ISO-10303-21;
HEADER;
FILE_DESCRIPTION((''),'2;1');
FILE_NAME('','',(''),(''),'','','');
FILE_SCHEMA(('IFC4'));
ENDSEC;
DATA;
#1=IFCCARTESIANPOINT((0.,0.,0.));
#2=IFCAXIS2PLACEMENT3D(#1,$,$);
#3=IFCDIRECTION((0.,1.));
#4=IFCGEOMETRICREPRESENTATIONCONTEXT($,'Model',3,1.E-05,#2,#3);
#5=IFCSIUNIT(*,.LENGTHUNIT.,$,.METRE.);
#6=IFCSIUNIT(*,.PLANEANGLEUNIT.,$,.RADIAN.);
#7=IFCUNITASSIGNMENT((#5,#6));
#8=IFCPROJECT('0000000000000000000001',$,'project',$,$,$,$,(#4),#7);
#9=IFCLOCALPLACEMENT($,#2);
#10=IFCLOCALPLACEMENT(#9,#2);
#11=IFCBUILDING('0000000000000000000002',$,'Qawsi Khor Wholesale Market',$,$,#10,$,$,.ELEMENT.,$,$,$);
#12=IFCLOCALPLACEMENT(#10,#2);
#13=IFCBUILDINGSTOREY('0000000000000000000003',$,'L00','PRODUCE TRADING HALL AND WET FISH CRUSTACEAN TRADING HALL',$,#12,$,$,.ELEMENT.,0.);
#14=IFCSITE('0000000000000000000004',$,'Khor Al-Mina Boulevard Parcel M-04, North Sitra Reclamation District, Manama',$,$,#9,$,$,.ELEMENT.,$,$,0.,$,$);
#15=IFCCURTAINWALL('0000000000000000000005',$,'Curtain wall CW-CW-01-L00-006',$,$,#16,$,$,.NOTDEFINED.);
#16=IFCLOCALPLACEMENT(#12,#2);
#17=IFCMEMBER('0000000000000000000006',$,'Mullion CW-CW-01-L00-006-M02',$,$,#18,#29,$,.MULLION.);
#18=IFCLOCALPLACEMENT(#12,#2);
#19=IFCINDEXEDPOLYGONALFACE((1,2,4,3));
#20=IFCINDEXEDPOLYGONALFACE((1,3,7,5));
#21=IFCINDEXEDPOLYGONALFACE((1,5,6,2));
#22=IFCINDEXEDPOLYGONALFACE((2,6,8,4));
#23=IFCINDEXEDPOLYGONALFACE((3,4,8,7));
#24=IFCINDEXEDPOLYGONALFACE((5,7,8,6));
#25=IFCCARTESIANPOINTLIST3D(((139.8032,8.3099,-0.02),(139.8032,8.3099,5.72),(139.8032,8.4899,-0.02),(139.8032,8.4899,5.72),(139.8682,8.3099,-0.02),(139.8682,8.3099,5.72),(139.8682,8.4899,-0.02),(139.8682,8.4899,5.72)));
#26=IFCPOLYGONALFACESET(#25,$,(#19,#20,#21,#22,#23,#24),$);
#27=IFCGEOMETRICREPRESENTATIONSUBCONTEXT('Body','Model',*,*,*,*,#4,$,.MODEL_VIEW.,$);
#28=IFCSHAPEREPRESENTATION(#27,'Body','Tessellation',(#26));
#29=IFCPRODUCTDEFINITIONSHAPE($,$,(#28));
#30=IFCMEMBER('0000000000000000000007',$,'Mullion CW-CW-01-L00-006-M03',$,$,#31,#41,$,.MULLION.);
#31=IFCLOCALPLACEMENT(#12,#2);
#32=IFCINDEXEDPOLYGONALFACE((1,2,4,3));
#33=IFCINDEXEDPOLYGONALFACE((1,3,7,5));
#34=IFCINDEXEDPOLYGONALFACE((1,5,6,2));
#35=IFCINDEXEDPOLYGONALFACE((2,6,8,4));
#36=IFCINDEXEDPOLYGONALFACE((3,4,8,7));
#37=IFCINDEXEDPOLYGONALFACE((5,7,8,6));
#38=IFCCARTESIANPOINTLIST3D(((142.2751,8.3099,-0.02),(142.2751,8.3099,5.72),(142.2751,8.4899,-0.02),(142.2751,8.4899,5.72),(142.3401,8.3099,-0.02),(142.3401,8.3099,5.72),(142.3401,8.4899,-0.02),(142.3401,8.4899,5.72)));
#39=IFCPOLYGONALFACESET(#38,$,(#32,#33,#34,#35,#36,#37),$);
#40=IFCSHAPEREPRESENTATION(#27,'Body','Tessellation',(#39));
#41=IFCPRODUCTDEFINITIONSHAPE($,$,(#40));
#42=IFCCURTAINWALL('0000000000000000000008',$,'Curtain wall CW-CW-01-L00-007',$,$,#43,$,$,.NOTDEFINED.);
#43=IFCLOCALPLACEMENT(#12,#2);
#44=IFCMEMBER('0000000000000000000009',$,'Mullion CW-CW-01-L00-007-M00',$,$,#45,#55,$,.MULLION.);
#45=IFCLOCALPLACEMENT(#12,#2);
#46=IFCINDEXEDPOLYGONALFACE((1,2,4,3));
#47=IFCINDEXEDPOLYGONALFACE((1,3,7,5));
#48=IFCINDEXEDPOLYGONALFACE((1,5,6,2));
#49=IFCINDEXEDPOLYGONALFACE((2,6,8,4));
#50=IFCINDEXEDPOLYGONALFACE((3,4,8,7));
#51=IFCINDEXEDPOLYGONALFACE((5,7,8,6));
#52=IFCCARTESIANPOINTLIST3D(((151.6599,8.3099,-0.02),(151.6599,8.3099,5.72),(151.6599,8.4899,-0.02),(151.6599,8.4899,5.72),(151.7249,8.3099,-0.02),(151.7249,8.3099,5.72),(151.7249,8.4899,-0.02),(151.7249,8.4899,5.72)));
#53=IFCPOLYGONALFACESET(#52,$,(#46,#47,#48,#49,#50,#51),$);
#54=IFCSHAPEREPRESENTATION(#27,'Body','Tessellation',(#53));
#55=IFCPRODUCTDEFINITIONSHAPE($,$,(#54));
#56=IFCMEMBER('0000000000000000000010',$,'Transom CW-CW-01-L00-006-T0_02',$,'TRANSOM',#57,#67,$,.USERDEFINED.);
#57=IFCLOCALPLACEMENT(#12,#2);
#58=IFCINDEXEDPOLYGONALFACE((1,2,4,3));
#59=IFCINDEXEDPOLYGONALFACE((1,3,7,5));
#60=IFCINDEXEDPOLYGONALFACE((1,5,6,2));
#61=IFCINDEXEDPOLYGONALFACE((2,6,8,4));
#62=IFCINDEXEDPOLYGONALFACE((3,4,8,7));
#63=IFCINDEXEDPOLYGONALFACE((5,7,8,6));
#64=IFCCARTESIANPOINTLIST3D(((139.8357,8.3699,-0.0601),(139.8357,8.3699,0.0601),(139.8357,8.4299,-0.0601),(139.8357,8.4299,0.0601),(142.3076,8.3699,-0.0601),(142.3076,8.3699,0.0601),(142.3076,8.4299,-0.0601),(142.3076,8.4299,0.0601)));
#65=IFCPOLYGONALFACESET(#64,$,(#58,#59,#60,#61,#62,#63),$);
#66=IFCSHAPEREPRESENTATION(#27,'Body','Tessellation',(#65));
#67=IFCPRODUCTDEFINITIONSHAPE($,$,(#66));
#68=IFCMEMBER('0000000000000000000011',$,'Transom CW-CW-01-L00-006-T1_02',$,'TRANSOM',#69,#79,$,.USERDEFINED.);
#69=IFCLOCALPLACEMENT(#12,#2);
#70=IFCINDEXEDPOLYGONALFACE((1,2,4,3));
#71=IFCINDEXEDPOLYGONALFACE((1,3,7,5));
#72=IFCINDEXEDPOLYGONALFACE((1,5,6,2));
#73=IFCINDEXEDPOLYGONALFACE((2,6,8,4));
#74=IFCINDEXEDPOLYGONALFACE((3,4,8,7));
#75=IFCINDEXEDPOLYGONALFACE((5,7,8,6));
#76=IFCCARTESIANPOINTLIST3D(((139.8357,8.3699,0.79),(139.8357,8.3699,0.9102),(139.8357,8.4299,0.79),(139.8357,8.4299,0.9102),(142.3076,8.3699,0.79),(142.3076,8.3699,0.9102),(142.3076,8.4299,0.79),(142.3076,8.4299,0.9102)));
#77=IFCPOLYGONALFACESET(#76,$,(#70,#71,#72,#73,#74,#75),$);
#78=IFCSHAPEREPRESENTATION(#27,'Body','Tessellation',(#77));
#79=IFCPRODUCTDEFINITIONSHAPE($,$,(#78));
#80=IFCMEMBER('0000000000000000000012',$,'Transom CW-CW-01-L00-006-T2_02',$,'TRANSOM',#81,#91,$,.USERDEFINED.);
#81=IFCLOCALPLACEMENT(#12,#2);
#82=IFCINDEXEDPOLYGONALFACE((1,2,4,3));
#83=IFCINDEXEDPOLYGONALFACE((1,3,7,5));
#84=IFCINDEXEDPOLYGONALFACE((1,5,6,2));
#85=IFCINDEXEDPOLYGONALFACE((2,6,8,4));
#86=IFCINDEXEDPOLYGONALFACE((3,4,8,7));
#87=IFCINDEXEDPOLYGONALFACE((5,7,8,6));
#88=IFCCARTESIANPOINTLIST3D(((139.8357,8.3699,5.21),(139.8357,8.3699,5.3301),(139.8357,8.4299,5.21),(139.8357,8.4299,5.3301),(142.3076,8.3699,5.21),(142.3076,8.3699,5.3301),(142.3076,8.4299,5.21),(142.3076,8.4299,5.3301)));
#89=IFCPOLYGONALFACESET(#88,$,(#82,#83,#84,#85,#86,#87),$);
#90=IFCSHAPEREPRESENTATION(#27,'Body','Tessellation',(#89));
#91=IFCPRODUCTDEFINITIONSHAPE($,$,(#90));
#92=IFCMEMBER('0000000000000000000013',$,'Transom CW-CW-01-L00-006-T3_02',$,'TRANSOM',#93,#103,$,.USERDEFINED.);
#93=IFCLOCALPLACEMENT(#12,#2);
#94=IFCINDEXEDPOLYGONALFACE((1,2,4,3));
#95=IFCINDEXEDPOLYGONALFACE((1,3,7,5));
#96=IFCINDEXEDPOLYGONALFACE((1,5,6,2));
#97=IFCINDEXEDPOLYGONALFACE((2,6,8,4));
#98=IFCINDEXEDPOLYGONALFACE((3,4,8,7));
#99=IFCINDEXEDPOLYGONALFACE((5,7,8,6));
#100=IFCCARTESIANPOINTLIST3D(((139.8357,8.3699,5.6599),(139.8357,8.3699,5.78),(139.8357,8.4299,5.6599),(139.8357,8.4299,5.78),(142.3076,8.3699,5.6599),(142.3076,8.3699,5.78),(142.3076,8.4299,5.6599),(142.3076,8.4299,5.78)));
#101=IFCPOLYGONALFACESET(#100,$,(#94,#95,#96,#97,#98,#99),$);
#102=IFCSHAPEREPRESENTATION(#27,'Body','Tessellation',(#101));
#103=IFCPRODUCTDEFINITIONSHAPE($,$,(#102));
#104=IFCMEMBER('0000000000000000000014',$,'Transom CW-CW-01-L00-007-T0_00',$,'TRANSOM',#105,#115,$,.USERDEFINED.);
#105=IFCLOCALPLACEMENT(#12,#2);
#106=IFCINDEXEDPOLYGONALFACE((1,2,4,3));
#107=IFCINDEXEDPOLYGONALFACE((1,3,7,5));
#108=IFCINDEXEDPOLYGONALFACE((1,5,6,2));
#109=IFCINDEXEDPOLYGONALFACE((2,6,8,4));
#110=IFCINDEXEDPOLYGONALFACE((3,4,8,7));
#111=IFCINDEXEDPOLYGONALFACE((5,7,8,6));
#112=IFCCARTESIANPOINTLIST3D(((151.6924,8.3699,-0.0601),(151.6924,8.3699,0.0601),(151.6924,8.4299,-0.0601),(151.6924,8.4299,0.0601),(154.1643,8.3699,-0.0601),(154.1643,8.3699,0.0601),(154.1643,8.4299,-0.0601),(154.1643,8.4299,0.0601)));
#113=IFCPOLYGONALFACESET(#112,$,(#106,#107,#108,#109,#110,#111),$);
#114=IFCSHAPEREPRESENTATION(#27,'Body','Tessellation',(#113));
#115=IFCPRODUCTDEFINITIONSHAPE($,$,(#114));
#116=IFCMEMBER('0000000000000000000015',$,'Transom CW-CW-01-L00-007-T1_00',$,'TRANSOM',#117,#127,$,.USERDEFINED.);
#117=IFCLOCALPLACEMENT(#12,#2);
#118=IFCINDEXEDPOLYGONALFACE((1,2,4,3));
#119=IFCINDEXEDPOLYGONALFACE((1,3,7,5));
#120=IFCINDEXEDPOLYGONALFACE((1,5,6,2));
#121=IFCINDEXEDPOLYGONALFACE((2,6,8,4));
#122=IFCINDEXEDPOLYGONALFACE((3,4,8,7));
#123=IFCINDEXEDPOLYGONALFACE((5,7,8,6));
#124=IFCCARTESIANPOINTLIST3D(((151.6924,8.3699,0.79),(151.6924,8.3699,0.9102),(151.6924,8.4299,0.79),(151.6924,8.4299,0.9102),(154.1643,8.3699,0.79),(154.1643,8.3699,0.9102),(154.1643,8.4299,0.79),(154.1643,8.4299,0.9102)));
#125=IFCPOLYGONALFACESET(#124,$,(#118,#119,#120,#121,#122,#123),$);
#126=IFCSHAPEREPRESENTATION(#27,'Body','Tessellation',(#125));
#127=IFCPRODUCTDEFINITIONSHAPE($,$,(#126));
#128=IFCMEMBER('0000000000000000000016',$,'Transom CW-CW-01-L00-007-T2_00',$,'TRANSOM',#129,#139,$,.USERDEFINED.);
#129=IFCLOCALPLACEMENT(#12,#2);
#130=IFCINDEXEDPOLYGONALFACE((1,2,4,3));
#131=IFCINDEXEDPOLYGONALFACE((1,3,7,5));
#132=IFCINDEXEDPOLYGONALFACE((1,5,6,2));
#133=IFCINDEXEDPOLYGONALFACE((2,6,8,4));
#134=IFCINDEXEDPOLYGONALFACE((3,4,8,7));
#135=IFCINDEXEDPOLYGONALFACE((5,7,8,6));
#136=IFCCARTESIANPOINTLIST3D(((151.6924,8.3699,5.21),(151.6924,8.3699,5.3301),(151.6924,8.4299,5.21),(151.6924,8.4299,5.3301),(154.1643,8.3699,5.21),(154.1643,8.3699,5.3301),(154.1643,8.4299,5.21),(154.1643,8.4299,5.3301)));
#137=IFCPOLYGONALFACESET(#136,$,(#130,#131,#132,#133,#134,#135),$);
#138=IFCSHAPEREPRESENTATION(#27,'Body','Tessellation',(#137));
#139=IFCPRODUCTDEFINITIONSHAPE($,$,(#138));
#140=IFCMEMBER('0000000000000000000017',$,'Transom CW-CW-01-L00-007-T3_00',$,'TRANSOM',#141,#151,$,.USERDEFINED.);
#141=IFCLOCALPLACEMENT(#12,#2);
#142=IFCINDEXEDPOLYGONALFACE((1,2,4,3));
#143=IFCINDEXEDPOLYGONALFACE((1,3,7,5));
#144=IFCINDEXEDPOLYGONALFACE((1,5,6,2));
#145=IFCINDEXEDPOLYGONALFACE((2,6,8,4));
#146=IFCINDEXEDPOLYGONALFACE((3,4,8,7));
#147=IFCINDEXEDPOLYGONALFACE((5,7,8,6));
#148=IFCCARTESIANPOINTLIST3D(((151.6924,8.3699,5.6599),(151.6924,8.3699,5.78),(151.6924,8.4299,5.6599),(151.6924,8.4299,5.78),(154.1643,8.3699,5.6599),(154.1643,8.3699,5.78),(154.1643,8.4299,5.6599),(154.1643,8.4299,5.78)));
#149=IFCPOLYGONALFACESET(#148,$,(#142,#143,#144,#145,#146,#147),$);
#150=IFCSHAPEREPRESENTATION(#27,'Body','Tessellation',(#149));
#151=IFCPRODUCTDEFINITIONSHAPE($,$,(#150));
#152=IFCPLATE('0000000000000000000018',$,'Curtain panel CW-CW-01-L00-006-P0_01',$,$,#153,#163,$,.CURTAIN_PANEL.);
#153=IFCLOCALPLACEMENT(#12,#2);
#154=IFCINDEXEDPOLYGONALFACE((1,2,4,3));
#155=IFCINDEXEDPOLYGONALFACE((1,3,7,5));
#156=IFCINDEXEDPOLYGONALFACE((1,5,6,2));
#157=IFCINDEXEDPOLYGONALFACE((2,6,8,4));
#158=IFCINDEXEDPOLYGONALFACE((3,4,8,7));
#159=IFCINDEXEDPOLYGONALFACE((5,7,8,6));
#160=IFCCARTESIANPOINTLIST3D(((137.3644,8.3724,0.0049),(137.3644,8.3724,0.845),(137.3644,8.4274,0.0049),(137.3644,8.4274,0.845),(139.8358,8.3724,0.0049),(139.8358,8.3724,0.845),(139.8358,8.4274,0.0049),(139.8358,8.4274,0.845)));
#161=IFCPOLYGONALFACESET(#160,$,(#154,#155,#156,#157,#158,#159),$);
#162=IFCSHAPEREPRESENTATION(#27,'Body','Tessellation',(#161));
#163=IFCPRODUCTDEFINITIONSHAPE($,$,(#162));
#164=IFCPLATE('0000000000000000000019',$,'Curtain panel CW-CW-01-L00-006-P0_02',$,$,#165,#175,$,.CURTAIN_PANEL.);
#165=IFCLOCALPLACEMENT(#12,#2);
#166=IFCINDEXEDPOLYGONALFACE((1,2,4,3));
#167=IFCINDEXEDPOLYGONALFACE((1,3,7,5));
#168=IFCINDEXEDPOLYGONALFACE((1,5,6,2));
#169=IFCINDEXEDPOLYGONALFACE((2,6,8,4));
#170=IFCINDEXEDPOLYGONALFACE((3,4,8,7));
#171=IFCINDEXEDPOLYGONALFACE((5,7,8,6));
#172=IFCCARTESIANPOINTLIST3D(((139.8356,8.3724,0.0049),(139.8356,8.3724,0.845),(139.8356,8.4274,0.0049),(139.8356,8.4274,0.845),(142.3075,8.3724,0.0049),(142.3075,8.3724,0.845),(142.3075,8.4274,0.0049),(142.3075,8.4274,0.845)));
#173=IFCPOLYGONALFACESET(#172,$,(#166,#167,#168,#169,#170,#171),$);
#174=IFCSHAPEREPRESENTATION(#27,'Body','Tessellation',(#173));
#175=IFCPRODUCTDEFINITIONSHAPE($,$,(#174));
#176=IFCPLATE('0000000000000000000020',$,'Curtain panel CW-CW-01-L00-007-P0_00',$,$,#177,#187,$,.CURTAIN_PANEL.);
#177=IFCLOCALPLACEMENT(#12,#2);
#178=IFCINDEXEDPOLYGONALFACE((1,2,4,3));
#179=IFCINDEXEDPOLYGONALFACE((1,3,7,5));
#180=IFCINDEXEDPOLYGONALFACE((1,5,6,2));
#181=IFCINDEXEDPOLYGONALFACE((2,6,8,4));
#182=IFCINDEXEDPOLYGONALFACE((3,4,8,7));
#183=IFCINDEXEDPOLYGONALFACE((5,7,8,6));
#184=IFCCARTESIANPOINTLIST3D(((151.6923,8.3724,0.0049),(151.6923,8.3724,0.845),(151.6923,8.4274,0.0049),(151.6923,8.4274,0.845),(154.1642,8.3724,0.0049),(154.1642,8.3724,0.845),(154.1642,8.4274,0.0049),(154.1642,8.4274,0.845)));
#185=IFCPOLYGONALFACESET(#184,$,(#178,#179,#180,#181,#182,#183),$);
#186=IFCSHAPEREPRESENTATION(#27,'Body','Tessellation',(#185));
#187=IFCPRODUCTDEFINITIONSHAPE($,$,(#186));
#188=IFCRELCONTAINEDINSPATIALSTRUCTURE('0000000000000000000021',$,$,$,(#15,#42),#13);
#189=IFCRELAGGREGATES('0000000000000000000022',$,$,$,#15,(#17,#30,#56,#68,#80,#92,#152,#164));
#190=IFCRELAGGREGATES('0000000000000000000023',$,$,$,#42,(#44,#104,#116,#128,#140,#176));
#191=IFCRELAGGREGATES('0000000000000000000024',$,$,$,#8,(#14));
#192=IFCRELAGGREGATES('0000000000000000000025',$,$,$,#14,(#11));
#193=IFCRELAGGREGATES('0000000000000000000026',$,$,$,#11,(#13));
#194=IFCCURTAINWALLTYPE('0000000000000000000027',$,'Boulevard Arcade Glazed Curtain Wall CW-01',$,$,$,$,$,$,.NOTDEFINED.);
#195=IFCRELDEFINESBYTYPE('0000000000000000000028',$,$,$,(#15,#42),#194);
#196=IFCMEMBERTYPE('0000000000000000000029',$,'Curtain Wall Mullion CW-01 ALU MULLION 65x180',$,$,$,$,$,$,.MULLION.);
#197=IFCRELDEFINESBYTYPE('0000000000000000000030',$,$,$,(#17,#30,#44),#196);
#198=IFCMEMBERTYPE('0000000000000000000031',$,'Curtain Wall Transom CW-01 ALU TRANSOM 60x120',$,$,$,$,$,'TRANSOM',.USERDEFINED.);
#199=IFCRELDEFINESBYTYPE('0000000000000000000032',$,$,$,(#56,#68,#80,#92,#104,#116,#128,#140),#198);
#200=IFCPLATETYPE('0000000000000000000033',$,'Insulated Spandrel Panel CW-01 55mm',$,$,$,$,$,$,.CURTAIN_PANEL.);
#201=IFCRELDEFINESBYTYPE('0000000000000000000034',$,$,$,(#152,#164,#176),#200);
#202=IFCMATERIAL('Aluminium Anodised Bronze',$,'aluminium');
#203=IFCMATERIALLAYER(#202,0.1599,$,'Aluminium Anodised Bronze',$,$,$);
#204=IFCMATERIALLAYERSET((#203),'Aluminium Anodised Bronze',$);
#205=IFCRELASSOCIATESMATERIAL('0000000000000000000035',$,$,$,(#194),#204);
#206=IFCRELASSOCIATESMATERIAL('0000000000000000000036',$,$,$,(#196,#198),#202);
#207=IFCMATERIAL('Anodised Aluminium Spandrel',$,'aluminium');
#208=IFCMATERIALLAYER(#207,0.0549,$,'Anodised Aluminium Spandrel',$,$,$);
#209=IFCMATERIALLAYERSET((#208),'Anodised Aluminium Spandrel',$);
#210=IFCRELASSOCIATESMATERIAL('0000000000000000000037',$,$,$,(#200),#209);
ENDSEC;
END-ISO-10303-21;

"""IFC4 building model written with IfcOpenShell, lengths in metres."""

from ifc_helpers import new_model, si_unit, direction, frame, frame_2d, origin, origin_2d, place, context, subcontext, project, spatial, rectangle, extrude, material, layer, layer_set, material_profile, profile_set, type_object, element, aggregate, save


model = new_model("IFC4")

# Units and contexts
model_context = context("Model", 3, precision=1e-05, world=origin(), true_north=direction((0.0, 1.0)))
body_context = subcontext(model_context, "Body", "Model", "MODEL_VIEW")
ifc_project = project(units=[si_unit("LENGTHUNIT", "METRE"), si_unit("PLANEANGLEUNIT", "RADIAN")], contexts=[model_context])

# Site, building, storey
site_placement = place(None, origin())
site = spatial("IfcSite", under=ifc_project, at=site_placement, Name="Khor Al-Mina Boulevard Parcel M-04, North Sitra Reclamation District, Manama", CompositionType="ELEMENT", RefElevation=0.0)
building_placement = place(site_placement, origin())
building = spatial("IfcBuilding", under=site, at=building_placement, Name="Qawsi Khor Wholesale Market", CompositionType="ELEMENT")
storey_placement = place(building_placement, origin())
storey = spatial("IfcBuildingStorey", under=building, at=storey_placement, Name="L00", Description="PRODUCE TRADING HALL AND WET FISH CRUSTACEAN TRADING HALL", CompositionType="ELEMENT", Elevation=0.0)

# Curtain wall, members
ifc_material_1 = material(Name="Aluminium Anodised Bronze", Category="aluminium")
ifc_layer_1 = layer(ifc_material_1, 0.1599, Name="Aluminium Anodised Bronze")
ifc_layer_set_1 = layer_set([ifc_layer_1], Name="Aluminium Anodised Bronze")
curtain_wall_type = type_object("IfcCurtainWallType", Name="Boulevard Arcade Glazed Curtain Wall CW-01", PredefinedType="NOTDEFINED", material=ifc_layer_set_1)
curtain_wall_1_placement = place(storey_placement, origin())
curtain_wall_1 = element("IfcCurtainWall", 1, at=curtain_wall_1_placement, inside=storey, type_object=curtain_wall_type, Name="Curtain wall CW-CW-01-L00-006", PredefinedType="NOTDEFINED")
ifc_material_profile_1 = material_profile(ifc_material_1, rectangle(XDim=0.0649, YDim=0.1799, at=origin_2d()), Name="ALU MULLION 65x180")
ifc_profile_set_1 = profile_set([ifc_material_profile_1], Name="Aluminium Anodised Bronze")
member_type_1 = type_object("IfcMemberType", Name="Curtain Wall Mullion CW-01 ALU MULLION 65x180", PredefinedType="MULLION", material=ifc_profile_set_1)
member_1_placement = place(storey_placement, frame((139.8357, 8.3999, -0.02), z_axis=(0.0, 0.0, 1.0), x_axis=(1.0, 0.0, 0.0)))
member_1 = element("IfcMember", 2, at=member_1_placement, type_object=member_type_1, Name="Mullion CW-CW-01-L00-006-M02", PredefinedType="MULLION", context=body_context, shape_type="SweptSolid", body=[
    extrude(rectangle(XDim=0.0649, YDim=0.1799, at=origin_2d()), origin(), (0.0, 0.0, 1.0), 5.74),
])
member_2_placement = place(storey_placement, frame((142.3076, 8.3999, -0.02), z_axis=(0.0, 0.0, 1.0), x_axis=(1.0, 0.0, 0.0)))
member_2 = element("IfcMember", 3, at=member_2_placement, type_object=member_type_1, Name="Mullion CW-CW-01-L00-006-M03", PredefinedType="MULLION", context=body_context, shape_type="SweptSolid", body=[
    extrude(rectangle(XDim=0.0649, YDim=0.1799, at=origin_2d()), origin(), (0.0, 0.0, 1.0), 5.74),
])

# Curtain wall, member
curtain_wall_2_placement = place(storey_placement, origin())
curtain_wall_2 = element("IfcCurtainWall", 4, at=curtain_wall_2_placement, inside=storey, type_object=curtain_wall_type, Name="Curtain wall CW-CW-01-L00-007", PredefinedType="NOTDEFINED")
member_3_placement = place(storey_placement, frame((151.6924, 8.3999, -0.02), z_axis=(0.0, 0.0, 1.0), x_axis=(1.0, 0.0, 0.0)))
member_3 = element("IfcMember", 5, at=member_3_placement, type_object=member_type_1, Name="Mullion CW-CW-01-L00-007-M00", PredefinedType="MULLION", context=body_context, shape_type="SweptSolid", body=[
    extrude(rectangle(XDim=0.0649, YDim=0.1799, at=origin_2d()), origin(), (0.0, 0.0, 1.0), 5.74),
])

# Members
ifc_material_profile_2 = material_profile(ifc_material_1, rectangle(XDim=0.0601, YDim=0.1201, at=origin_2d()), Name="ALU TRANSOM 60x120")
ifc_profile_set_2 = profile_set([ifc_material_profile_2], Name="Aluminium Anodised Bronze")
member_type_2 = type_object("IfcMemberType", Name="Curtain Wall Transom CW-01 ALU TRANSOM 60x120", ElementType="TRANSOM", PredefinedType="USERDEFINED", material=ifc_profile_set_2)
member_4_placement = place(storey_placement, frame((139.8357, 8.3999, 0.0), z_axis=(1.0, 0.0, 0.0), x_axis=(0.0, 1.0, 0.0)))
member_4 = element("IfcMember", 6, at=member_4_placement, type_object=member_type_2, Name="Transom CW-CW-01-L00-006-T0_02", ObjectType="TRANSOM", PredefinedType="USERDEFINED", context=body_context, shape_type="SweptSolid", body=[
    extrude(rectangle(XDim=0.0601, YDim=0.1201, at=origin_2d()), origin(), (0.0, 0.0, 1.0), 2.4719),
])
member_5_placement = place(storey_placement, frame((139.8357, 8.3999, 0.8501), z_axis=(1.0, 0.0, 0.0), x_axis=(0.0, 1.0, 0.0)))
member_5 = element("IfcMember", 7, at=member_5_placement, type_object=member_type_2, Name="Transom CW-CW-01-L00-006-T1_02", ObjectType="TRANSOM", PredefinedType="USERDEFINED", context=body_context, shape_type="SweptSolid", body=[
    extrude(rectangle(XDim=0.0601, YDim=0.1201, at=origin_2d()), origin(), (0.0, 0.0, 1.0), 2.4719),
])
member_6_placement = place(storey_placement, frame((139.8357, 8.3999, 5.27), z_axis=(1.0, 0.0, 0.0), x_axis=(0.0, 1.0, 0.0)))
member_6 = element("IfcMember", 8, at=member_6_placement, type_object=member_type_2, Name="Transom CW-CW-01-L00-006-T2_02", ObjectType="TRANSOM", PredefinedType="USERDEFINED", context=body_context, shape_type="SweptSolid", body=[
    extrude(rectangle(XDim=0.0601, YDim=0.1201, at=origin_2d()), origin(), (0.0, 0.0, 1.0), 2.4719),
])
member_7_placement = place(storey_placement, frame((139.8357, 8.3999, 5.72), z_axis=(1.0, 0.0, 0.0), x_axis=(0.0, 1.0, 0.0)))
member_7 = element("IfcMember", 9, at=member_7_placement, type_object=member_type_2, Name="Transom CW-CW-01-L00-006-T3_02", ObjectType="TRANSOM", PredefinedType="USERDEFINED", context=body_context, shape_type="SweptSolid", body=[
    extrude(rectangle(XDim=0.0601, YDim=0.1201, at=origin_2d()), origin(), (0.0, 0.0, 1.0), 2.4719),
])
member_8_placement = place(storey_placement, frame((151.6924, 8.3999, 0.0), z_axis=(1.0, 0.0, 0.0), x_axis=(0.0, 1.0, 0.0)))
member_8 = element("IfcMember", 10, at=member_8_placement, type_object=member_type_2, Name="Transom CW-CW-01-L00-007-T0_00", ObjectType="TRANSOM", PredefinedType="USERDEFINED", context=body_context, shape_type="SweptSolid", body=[
    extrude(rectangle(XDim=0.0601, YDim=0.1201, at=origin_2d()), origin(), (0.0, 0.0, 1.0), 2.4719),
])
member_9_placement = place(storey_placement, frame((151.6924, 8.3999, 0.8501), z_axis=(1.0, 0.0, 0.0), x_axis=(0.0, 1.0, 0.0)))
member_9 = element("IfcMember", 11, at=member_9_placement, type_object=member_type_2, Name="Transom CW-CW-01-L00-007-T1_00", ObjectType="TRANSOM", PredefinedType="USERDEFINED", context=body_context, shape_type="SweptSolid", body=[
    extrude(rectangle(XDim=0.0601, YDim=0.1201, at=origin_2d()), origin(), (0.0, 0.0, 1.0), 2.4719),
])
member_10_placement = place(storey_placement, frame((151.6924, 8.3999, 5.27), z_axis=(1.0, 0.0, 0.0), x_axis=(0.0, 1.0, 0.0)))
member_10 = element("IfcMember", 12, at=member_10_placement, type_object=member_type_2, Name="Transom CW-CW-01-L00-007-T2_00", ObjectType="TRANSOM", PredefinedType="USERDEFINED", context=body_context, shape_type="SweptSolid", body=[
    extrude(rectangle(XDim=0.0601, YDim=0.1201, at=origin_2d()), origin(), (0.0, 0.0, 1.0), 2.4719),
])
member_11_placement = place(storey_placement, frame((151.6924, 8.3999, 5.72), z_axis=(1.0, 0.0, 0.0), x_axis=(0.0, 1.0, 0.0)))
member_11 = element("IfcMember", 13, at=member_11_placement, type_object=member_type_2, Name="Transom CW-CW-01-L00-007-T3_00", ObjectType="TRANSOM", PredefinedType="USERDEFINED", context=body_context, shape_type="SweptSolid", body=[
    extrude(rectangle(XDim=0.0601, YDim=0.1201, at=origin_2d()), origin(), (0.0, 0.0, 1.0), 2.4719),
])

# Plates
ifc_material_2 = material(Name="Anodised Aluminium Spandrel", Category="aluminium")
ifc_layer_2 = layer(ifc_material_2, 0.0549, Name="Anodised Aluminium Spandrel")
ifc_layer_set_2 = layer_set([ifc_layer_2], Name="Anodised Aluminium Spandrel")
plate_type_1 = type_object("IfcPlateType", Name="Insulated Spandrel Panel CW-01 55mm", PredefinedType="CURTAIN_PANEL", material=ifc_layer_set_2)
plate_1_placement = place(storey_placement, frame((137.3643, 8.3999, 0.0049), z_axis=(0.0, 0.0, 1.0), x_axis=(1.0, 0.0, 0.0)))
plate_1 = element("IfcPlate", 14, at=plate_1_placement, type_object=plate_type_1, Name="Curtain panel CW-CW-01-L00-006-P0_01", PredefinedType="CURTAIN_PANEL", context=body_context, shape_type="SweptSolid", body=[
    extrude(rectangle(XDim=2.4714, YDim=0.0549, at=frame_2d((1.2358, 0.0))), origin(), (0.0, 0.0, 1.0), 0.8401),
])
plate_2_placement = place(storey_placement, frame((139.8357, 8.3999, 0.0049), z_axis=(0.0, 0.0, 1.0), x_axis=(1.0, 0.0, 0.0)))
plate_2 = element("IfcPlate", 15, at=plate_2_placement, type_object=plate_type_1, Name="Curtain panel CW-CW-01-L00-006-P0_02", PredefinedType="CURTAIN_PANEL", context=body_context, shape_type="SweptSolid", body=[
    extrude(rectangle(XDim=2.4719, YDim=0.0549, at=frame_2d((1.2358, 0.0))), origin(), (0.0, 0.0, 1.0), 0.8401),
])
plate_3_placement = place(storey_placement, frame((151.6924, 8.3999, 0.0049), z_axis=(0.0, 0.0, 1.0), x_axis=(1.0, 0.0, 0.0)))
plate_3 = element("IfcPlate", 16, at=plate_3_placement, type_object=plate_type_1, Name="Curtain panel CW-CW-01-L00-007-P0_00", PredefinedType="CURTAIN_PANEL", context=body_context, shape_type="SweptSolid", body=[
    extrude(rectangle(XDim=2.4719, YDim=0.0549, at=frame_2d((1.2358, 0.0))), origin(), (0.0, 0.0, 1.0), 0.8401),
])
aggregate(curtain_wall_1, [member_1, member_2, member_4, member_5, member_6, member_7, plate_1, plate_2])
aggregate(curtain_wall_2, [member_3, member_8, member_9, member_10, member_11, plate_3])

save(model, "model.ifc")
